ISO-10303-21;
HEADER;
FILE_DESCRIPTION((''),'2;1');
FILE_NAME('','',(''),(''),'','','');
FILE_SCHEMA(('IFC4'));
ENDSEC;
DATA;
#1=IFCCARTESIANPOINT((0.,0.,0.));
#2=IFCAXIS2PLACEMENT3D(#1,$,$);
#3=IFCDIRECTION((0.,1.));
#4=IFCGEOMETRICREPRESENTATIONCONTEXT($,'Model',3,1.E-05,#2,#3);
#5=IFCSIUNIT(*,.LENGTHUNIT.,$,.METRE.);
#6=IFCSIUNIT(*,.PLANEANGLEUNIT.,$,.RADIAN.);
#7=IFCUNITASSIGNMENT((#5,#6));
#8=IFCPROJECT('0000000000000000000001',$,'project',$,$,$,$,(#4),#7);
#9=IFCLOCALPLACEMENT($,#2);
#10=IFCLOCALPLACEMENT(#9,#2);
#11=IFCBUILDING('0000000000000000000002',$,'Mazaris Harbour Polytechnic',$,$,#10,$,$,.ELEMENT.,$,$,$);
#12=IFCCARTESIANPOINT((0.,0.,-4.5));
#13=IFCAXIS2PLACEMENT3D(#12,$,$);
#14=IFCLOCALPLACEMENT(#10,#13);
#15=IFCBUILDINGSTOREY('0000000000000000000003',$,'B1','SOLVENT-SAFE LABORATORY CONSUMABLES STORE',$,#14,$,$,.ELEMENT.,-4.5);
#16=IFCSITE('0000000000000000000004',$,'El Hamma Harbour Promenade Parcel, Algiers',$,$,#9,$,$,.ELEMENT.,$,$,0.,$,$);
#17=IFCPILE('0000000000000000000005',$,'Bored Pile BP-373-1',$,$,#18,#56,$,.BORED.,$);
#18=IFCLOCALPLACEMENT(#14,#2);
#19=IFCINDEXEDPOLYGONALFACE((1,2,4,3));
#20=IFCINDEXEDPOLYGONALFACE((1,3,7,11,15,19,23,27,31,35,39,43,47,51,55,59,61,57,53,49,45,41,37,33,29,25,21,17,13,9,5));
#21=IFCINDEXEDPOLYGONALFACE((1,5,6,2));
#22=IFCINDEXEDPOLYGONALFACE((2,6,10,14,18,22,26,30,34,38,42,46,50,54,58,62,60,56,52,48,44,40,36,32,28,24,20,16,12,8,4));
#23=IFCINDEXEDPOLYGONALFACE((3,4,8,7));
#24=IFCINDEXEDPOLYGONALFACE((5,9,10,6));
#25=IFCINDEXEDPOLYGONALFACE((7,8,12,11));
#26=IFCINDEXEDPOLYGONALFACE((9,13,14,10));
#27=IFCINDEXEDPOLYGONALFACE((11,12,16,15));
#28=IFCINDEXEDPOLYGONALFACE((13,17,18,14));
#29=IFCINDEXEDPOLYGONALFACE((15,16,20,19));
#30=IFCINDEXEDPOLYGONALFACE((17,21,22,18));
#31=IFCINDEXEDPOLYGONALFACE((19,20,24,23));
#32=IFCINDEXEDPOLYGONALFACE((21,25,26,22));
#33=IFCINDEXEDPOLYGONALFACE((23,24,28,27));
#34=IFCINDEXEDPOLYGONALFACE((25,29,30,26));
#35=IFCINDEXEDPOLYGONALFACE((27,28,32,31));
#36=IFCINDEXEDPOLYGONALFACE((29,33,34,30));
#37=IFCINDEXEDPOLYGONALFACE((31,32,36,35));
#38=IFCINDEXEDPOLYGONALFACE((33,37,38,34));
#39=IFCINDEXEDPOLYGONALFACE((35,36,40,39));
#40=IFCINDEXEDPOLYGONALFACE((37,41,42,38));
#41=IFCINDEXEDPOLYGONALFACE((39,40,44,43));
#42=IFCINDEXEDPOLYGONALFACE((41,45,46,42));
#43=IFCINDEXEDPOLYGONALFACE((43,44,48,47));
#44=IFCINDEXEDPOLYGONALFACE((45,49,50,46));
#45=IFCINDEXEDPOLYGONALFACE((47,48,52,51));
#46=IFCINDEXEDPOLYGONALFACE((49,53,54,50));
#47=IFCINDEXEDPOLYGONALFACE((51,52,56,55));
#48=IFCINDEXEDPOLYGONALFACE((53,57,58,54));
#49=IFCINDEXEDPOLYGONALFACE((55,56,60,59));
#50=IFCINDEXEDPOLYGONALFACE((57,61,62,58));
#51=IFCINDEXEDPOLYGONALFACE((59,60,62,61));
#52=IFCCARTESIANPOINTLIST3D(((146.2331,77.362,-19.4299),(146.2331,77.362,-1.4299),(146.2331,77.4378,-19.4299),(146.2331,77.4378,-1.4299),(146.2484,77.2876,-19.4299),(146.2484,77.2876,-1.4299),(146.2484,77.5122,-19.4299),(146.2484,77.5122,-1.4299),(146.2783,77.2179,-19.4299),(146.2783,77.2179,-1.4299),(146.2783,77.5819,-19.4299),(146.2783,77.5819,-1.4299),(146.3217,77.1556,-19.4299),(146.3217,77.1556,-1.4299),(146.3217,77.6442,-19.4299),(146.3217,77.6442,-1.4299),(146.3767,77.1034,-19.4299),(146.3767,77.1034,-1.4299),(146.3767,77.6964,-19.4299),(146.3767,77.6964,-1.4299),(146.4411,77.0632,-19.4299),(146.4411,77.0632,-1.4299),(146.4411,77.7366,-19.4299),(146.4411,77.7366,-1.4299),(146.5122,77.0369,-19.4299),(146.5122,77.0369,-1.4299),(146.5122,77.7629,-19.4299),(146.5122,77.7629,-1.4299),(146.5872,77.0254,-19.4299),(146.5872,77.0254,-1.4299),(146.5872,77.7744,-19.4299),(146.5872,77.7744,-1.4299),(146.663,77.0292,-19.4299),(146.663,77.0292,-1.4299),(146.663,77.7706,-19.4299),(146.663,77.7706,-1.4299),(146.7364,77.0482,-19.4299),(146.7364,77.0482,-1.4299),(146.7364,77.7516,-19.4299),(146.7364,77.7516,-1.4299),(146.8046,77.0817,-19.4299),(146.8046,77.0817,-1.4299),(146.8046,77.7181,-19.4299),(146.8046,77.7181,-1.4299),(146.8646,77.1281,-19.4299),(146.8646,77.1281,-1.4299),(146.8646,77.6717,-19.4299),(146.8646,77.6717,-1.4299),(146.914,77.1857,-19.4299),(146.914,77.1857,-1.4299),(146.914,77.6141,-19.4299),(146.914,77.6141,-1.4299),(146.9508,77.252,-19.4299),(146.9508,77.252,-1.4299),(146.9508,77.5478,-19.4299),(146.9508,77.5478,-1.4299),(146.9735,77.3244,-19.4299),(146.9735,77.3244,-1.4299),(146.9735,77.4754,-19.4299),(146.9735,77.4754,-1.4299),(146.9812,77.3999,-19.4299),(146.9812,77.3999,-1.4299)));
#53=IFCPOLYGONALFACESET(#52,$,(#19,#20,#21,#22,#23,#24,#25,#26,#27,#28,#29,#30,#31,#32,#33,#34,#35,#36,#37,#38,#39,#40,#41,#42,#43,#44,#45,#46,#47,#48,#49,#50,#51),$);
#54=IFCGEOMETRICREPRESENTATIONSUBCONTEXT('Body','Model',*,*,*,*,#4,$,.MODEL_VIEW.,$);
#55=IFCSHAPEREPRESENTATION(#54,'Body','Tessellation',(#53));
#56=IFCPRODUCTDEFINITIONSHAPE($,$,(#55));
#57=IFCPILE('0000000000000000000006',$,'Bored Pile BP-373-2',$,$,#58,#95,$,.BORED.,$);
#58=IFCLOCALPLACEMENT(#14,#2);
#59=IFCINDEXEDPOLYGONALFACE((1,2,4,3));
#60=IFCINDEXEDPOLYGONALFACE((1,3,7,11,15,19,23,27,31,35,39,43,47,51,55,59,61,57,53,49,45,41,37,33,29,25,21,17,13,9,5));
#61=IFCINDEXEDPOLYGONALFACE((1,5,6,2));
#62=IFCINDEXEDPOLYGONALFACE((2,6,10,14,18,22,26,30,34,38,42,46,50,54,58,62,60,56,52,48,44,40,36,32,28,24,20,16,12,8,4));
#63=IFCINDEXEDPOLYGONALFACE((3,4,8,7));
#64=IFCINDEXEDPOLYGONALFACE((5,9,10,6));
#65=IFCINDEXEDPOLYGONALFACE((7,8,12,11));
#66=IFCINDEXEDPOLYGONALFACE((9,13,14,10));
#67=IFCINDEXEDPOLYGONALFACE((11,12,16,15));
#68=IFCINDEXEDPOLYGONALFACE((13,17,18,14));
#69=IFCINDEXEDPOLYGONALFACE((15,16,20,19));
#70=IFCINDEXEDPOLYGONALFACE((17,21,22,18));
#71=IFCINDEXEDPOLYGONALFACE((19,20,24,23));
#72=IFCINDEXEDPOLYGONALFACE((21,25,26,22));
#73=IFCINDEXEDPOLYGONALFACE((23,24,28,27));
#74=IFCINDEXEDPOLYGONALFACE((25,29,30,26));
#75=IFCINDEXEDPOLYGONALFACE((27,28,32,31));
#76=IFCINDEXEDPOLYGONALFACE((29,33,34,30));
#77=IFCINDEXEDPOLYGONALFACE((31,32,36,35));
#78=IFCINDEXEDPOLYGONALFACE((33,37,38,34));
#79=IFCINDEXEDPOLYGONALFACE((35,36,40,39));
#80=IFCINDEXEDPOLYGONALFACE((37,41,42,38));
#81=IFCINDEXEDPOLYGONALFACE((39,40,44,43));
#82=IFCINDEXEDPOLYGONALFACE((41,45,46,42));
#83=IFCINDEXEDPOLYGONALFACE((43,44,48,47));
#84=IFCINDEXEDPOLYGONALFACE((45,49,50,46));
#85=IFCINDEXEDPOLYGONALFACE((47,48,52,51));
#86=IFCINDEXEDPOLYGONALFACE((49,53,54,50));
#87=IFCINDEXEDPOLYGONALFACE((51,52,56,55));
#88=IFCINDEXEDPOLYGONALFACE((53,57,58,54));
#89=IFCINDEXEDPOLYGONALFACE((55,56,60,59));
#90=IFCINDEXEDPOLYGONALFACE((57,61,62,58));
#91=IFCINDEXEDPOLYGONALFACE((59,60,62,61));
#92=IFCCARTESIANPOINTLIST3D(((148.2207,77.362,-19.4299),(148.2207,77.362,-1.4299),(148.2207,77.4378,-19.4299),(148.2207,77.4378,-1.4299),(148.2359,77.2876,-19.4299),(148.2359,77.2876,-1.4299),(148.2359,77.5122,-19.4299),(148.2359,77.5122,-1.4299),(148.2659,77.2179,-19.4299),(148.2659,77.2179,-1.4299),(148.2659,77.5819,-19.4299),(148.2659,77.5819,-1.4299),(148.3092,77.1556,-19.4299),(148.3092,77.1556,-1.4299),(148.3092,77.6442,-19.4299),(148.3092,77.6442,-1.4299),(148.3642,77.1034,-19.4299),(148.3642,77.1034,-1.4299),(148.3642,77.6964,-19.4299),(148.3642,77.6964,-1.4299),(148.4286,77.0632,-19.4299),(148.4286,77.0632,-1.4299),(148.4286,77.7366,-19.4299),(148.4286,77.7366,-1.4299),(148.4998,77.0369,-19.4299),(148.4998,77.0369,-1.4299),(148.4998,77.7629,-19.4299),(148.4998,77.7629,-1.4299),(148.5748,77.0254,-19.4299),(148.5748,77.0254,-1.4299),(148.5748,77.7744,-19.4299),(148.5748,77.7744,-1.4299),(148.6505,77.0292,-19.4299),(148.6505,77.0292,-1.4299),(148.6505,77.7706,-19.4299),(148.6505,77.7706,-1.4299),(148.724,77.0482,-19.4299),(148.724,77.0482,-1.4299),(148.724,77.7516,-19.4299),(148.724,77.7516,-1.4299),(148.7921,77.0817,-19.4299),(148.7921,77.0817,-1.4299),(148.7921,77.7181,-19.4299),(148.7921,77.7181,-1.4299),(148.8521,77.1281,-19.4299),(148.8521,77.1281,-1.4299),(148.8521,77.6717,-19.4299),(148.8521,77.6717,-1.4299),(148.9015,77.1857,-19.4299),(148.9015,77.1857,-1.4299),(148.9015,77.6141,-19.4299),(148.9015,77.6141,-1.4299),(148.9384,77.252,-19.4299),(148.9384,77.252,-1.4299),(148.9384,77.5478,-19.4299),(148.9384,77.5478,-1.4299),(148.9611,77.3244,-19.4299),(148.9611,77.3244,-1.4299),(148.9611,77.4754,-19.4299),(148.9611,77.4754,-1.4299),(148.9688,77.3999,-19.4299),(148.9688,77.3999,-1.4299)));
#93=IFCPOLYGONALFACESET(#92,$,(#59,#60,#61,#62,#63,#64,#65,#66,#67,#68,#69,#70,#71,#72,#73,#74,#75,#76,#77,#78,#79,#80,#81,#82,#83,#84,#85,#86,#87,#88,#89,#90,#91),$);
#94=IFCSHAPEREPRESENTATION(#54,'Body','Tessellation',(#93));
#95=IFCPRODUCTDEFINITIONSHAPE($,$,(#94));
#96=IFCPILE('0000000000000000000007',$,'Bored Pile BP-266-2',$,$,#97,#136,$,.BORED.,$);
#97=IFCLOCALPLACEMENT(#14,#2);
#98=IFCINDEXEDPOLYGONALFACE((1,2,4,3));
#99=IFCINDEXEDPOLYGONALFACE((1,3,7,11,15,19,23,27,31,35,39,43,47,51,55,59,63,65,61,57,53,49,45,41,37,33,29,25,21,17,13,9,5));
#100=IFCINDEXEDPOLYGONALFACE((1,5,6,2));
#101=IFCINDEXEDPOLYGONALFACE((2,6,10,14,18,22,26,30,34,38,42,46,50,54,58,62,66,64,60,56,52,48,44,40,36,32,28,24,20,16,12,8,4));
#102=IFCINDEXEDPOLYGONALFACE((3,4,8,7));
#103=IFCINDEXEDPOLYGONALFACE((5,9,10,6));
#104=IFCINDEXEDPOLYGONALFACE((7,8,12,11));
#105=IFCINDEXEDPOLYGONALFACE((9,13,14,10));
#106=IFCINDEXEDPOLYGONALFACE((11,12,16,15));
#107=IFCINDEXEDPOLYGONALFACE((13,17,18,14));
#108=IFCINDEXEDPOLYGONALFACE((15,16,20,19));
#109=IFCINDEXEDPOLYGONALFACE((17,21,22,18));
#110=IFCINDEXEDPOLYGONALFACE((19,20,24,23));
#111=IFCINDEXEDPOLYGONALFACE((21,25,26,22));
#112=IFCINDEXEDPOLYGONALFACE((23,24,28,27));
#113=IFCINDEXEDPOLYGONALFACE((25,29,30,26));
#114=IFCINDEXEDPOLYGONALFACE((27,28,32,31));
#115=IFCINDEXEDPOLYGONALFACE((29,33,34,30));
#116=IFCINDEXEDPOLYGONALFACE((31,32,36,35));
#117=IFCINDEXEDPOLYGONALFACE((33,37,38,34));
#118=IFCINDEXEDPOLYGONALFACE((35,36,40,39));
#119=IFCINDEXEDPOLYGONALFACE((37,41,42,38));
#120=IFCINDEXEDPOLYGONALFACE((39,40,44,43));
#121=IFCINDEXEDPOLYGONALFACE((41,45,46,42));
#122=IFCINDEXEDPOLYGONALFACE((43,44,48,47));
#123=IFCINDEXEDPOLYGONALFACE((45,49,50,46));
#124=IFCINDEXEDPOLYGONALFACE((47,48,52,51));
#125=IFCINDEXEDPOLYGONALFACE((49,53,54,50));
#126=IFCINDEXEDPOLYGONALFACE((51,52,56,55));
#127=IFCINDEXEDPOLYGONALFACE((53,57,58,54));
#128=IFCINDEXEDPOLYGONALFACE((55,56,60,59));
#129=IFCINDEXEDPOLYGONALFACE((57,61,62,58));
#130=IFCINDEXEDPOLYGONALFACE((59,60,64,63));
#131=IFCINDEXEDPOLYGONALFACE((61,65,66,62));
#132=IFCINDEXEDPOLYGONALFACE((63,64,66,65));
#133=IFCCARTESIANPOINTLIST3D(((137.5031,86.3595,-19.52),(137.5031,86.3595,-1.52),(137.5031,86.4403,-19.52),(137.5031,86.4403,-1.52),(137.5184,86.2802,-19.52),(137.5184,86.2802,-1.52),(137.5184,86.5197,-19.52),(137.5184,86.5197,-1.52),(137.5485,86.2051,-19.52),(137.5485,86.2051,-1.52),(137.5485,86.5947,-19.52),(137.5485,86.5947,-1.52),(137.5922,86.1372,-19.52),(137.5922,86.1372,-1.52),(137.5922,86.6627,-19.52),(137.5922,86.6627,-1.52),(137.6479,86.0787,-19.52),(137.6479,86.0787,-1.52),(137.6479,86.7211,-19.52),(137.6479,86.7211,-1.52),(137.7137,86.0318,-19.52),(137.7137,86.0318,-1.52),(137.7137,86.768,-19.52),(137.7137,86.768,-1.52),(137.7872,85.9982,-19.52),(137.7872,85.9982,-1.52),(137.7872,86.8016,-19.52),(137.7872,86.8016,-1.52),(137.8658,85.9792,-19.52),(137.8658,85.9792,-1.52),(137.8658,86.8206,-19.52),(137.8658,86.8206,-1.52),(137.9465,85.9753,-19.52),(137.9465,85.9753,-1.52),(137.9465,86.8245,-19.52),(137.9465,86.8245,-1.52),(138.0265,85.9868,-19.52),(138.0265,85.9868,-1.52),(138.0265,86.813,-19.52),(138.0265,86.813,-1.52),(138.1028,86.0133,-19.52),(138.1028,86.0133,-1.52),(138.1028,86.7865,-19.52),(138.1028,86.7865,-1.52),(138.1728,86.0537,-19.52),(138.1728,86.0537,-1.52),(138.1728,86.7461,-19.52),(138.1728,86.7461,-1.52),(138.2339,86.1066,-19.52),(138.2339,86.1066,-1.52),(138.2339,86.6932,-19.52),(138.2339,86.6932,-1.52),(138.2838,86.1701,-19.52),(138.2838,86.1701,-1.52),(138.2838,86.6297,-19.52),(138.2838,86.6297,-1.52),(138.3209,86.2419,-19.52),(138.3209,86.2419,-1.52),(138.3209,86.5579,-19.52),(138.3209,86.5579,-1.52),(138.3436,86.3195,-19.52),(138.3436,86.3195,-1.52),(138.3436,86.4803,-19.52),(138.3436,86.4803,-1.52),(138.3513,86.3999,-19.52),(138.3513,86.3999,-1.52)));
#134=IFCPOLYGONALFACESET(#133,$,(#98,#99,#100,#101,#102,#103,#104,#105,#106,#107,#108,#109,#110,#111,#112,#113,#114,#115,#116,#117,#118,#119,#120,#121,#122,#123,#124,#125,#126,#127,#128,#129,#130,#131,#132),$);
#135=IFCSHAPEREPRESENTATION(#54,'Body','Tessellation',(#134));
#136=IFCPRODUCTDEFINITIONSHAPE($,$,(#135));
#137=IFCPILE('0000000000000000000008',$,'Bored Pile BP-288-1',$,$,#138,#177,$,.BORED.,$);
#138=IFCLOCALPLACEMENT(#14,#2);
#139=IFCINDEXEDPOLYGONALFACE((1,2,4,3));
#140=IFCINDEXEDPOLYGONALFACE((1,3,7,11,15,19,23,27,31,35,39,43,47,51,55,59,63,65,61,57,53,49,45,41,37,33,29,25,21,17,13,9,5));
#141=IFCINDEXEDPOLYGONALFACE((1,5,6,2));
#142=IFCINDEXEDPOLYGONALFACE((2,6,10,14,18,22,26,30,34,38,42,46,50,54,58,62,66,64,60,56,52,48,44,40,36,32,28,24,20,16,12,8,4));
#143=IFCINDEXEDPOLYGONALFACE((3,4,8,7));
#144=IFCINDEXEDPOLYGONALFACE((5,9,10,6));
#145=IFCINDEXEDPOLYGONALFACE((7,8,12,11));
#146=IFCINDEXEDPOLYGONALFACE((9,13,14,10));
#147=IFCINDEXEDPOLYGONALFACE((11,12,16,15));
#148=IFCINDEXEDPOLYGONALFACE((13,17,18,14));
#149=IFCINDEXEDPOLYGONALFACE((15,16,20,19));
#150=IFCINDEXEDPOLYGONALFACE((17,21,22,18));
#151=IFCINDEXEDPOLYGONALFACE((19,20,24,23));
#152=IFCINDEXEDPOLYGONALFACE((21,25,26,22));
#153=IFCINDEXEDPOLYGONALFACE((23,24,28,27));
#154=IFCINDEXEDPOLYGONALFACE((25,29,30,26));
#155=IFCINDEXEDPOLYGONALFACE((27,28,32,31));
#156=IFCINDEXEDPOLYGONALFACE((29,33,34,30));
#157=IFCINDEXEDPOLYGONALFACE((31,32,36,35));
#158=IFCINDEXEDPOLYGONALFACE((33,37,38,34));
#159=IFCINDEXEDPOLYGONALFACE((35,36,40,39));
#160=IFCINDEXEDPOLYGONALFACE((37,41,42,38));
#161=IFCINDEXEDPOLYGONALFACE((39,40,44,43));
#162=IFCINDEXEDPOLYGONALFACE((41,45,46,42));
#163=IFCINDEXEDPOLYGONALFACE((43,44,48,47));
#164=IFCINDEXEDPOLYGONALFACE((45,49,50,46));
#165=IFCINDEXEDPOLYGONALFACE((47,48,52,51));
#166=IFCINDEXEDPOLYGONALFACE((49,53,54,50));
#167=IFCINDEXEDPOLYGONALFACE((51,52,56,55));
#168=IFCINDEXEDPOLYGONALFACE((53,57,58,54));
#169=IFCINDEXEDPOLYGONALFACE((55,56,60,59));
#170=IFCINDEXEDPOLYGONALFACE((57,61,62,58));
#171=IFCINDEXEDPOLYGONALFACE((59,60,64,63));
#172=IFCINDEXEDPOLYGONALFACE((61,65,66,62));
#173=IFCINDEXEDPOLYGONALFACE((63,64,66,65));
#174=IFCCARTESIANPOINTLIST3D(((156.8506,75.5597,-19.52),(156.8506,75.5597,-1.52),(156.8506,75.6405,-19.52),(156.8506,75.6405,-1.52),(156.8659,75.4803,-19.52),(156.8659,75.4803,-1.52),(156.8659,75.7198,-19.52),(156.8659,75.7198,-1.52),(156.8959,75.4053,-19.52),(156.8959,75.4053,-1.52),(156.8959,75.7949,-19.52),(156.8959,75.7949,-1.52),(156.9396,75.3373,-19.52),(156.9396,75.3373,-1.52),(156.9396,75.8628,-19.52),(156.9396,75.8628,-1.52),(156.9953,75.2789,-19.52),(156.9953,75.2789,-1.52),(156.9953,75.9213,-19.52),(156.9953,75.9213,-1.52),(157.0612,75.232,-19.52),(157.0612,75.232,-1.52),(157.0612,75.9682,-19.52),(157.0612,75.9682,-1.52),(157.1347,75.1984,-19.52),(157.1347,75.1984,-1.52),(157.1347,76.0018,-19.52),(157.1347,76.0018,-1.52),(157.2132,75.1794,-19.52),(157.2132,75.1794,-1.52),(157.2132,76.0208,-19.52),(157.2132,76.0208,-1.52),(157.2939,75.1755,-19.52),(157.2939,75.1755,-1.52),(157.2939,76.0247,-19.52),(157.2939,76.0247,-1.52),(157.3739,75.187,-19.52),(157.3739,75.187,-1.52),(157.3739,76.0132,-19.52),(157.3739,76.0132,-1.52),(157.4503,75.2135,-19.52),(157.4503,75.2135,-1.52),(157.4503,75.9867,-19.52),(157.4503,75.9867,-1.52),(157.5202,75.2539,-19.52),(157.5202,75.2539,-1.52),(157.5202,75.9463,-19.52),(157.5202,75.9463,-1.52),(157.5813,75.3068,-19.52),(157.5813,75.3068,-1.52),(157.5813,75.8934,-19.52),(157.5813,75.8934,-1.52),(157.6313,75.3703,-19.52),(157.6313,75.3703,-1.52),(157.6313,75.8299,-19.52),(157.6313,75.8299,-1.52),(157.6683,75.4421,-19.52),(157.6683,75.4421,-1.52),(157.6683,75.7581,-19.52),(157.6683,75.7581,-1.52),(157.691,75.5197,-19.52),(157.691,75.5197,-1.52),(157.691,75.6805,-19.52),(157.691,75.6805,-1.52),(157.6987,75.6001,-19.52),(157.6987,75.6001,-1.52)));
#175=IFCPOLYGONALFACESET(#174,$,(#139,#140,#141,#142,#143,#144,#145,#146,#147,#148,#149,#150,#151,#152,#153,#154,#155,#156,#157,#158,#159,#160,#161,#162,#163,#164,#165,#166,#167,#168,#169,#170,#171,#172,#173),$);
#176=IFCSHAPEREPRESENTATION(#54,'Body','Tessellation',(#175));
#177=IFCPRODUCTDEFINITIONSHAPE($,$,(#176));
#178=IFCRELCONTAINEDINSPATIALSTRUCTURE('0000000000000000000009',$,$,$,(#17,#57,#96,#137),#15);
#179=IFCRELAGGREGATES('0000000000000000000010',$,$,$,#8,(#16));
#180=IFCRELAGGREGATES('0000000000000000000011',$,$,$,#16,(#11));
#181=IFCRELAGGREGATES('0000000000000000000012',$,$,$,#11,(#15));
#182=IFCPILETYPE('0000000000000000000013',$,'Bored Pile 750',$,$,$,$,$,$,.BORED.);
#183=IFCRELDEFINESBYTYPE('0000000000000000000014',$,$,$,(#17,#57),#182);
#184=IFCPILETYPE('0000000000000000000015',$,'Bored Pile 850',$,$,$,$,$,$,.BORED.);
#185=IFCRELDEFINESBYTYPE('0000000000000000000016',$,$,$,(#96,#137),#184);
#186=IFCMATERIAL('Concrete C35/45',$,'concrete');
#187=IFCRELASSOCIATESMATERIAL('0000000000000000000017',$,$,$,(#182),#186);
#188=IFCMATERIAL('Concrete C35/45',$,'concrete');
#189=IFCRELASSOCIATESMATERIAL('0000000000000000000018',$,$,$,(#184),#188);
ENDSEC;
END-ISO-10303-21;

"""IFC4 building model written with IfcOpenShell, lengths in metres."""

from ifc_helpers import new_model, si_unit, direction, frame, origin, origin_2d, place, context, subcontext, project, spatial, circle, extrude, material, material_profile, profile_set, type_object, element, save


model = new_model("IFC4")

# Units and contexts
model_context = context("Model", 3, precision=1e-05, world=origin(), true_north=direction((0.0, 1.0)))
body_context = subcontext(model_context, "Body", "Model", "MODEL_VIEW")
ifc_project = project(units=[si_unit("LENGTHUNIT", "METRE"), si_unit("PLANEANGLEUNIT", "RADIAN")], contexts=[model_context])

# Site, building, storey
site_placement = place(None, origin())
site = spatial("IfcSite", under=ifc_project, at=site_placement, Name="El Hamma Harbour Promenade Parcel, Algiers", CompositionType="ELEMENT", RefElevation=0.0)
building_placement = place(site_placement, origin())
building = spatial("IfcBuilding", under=site, at=building_placement, Name="Mazaris Harbour Polytechnic", CompositionType="ELEMENT")
storey_placement = place(building_placement, frame((0.0, 0.0, -4.5)))
storey = spatial("IfcBuildingStorey", under=building, at=storey_placement, Name="B1", Description="SOLVENT-SAFE LABORATORY CONSUMABLES STORE", CompositionType="ELEMENT", Elevation=-4.5)

# Piles
ifc_material_1 = material(Name="Concrete C35/45", Category="concrete")
ifc_material_profile_1 = material_profile(ifc_material_1, circle(Radius=0.375, at=origin_2d()), Name="DIA750")
ifc_profile_set_1 = profile_set([ifc_material_profile_1], Name="Concrete C35/45")
pile_type_1 = type_object("IfcPileType", Name="Bored Pile 750", PredefinedType="BORED", material=ifc_profile_set_1)
for number, where, z_axis, x_axis, name in (
    (1, (146.6062, 77.3999, -1.4299), (0.0, 0.0, -1.0), (1.0, 0.0, 0.0), "Bored Pile BP-373-1"),
    (2, (148.5938, 77.3999, -1.4299), (0.0, 0.0, -1.0), (1.0, 0.0, 0.0), "Bored Pile BP-373-2"),
):
    element("IfcPile", number, at=place(storey_placement, frame(where, z_axis=z_axis, x_axis=x_axis)), inside=storey, type_object=pile_type_1, Name=name, PredefinedType="BORED", context=body_context, shape_type="SweptSolid", body=[
        extrude(circle(Radius=0.375, at=origin_2d()), origin(), (0.0, 0.0, 1.0), 18.0),
    ])
ifc_material_2 = material(Name="Concrete C35/45", Category="concrete")
ifc_material_profile_2 = material_profile(ifc_material_2, circle(Radius=0.425, at=origin_2d()), Name="DIA850")
ifc_profile_set_2 = profile_set([ifc_material_profile_2], Name="Concrete C35/45")
pile_type_2 = type_object("IfcPileType", Name="Bored Pile 850", PredefinedType="BORED", material=ifc_profile_set_2)
for number, where, z_axis, x_axis, name in (
    (3, (137.9263, 86.3999, -1.52), (0.0, 0.0, -1.0), (1.0, 0.0, 0.0), "Bored Pile BP-266-2"),
    (4, (157.2737, 75.6001, -1.52), (0.0, 0.0, -1.0), (1.0, 0.0, 0.0), "Bored Pile BP-288-1"),
):
    element("IfcPile", number, at=place(storey_placement, frame(where, z_axis=z_axis, x_axis=x_axis)), inside=storey, type_object=pile_type_2, Name=name, PredefinedType="BORED", context=body_context, shape_type="SweptSolid", body=[
        extrude(circle(Radius=0.425, at=origin_2d()), origin(), (0.0, 0.0, 1.0), 18.0),
    ])

save(model, "model.ifc")
